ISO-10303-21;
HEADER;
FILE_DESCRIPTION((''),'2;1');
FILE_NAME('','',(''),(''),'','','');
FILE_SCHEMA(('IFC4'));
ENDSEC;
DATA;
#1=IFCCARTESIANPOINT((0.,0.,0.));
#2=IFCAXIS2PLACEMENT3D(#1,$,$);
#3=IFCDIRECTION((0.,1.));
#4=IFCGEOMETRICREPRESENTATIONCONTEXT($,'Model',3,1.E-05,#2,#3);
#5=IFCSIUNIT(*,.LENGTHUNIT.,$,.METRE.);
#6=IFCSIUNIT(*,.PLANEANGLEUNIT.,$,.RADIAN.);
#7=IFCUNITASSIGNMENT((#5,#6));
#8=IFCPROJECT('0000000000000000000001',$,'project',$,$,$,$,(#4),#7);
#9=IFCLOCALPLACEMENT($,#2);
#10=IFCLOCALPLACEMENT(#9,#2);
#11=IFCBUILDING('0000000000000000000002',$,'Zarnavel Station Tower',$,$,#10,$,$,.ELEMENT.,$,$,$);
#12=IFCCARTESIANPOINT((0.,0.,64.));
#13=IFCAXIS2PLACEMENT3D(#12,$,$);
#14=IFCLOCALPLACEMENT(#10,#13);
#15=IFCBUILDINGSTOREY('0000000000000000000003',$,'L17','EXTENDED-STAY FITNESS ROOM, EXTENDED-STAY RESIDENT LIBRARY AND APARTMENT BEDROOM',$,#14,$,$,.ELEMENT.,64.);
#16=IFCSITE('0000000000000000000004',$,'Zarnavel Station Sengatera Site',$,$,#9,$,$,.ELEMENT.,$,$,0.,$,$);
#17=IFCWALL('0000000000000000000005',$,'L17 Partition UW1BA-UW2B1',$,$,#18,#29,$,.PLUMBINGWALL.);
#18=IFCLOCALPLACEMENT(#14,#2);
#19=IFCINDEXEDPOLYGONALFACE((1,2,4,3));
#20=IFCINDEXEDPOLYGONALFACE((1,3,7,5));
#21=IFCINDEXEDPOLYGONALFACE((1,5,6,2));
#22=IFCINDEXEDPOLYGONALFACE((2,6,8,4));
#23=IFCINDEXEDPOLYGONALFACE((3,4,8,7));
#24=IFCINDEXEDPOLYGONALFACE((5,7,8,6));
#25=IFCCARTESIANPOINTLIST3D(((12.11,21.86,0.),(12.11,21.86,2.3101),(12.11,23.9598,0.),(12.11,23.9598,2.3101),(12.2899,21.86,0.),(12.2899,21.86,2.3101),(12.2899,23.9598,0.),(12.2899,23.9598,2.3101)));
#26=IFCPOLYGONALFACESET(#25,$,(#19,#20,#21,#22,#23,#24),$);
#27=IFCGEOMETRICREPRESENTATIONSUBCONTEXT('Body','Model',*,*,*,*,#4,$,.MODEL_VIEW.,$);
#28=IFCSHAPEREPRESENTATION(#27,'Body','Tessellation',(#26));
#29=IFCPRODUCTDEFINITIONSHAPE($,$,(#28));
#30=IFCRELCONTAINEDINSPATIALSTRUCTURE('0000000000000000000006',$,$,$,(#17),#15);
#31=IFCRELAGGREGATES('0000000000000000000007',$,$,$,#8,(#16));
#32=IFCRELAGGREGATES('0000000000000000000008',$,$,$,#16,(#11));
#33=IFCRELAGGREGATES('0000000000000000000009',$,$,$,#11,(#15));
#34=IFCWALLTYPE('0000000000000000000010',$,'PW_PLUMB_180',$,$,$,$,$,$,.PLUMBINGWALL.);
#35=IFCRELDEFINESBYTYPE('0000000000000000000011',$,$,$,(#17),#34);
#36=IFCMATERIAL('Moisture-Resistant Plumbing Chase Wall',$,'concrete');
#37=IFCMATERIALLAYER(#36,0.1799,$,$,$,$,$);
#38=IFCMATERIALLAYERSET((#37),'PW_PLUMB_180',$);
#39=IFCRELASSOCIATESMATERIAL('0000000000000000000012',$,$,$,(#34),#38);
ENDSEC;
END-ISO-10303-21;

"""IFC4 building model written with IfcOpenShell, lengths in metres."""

from ifc_helpers import new_model, si_unit, direction, frame, frame_2d, origin, place, context, subcontext, project, spatial, rectangle, extrude, material, layer, layer_set, type_object, element, save


model = new_model("IFC4")

# Units and contexts
model_context = context("Model", 3, precision=1e-05, world=origin(), true_north=direction((0.0, 1.0)))
body_context = subcontext(model_context, "Body", "Model", "MODEL_VIEW")
ifc_project = project(units=[si_unit("LENGTHUNIT", "METRE"), si_unit("PLANEANGLEUNIT", "RADIAN")], contexts=[model_context])

# Site, building, storey
site_placement = place(None, origin())
site = spatial("IfcSite", under=ifc_project, at=site_placement, Name="Zarnavel Station Sengatera Site", CompositionType="ELEMENT", RefElevation=0.0)
building_placement = place(site_placement, origin())
building = spatial("IfcBuilding", under=site, at=building_placement, Name="Zarnavel Station Tower", CompositionType="ELEMENT")
storey_placement = place(building_placement, frame((0.0, 0.0, 64.0)))
storey = spatial("IfcBuildingStorey", under=building, at=storey_placement, Name="L17", Description="EXTENDED-STAY FITNESS ROOM, EXTENDED-STAY RESIDENT LIBRARY AND APARTMENT BEDROOM", CompositionType="ELEMENT", Elevation=64.0)

# Shared definitions
ifc_material_1 = material(Name="Moisture-Resistant Plumbing Chase Wall", Category="concrete")
ifc_layer_1 = layer(ifc_material_1, 0.1799)
ifc_layer_set_1 = layer_set([ifc_layer_1], Name="PW_PLUMB_180")
wall_type_1 = type_object("IfcWallType", Name="PW_PLUMB_180", PredefinedType="PLUMBINGWALL", material=ifc_layer_set_1)

# Wall
wall_1_placement = place(storey_placement, frame((12.2, 21.8601, 0.0), z_axis=(0.0, 0.0, 1.0), x_axis=(0.0, 1.0, 0.0)))
element("IfcWall", 1, at=wall_1_placement, inside=storey, type_object=wall_type_1, Name="L17 Partition UW1BA-UW2B1", PredefinedType="PLUMBINGWALL", context=body_context, shape_type="SweptSolid", body=[
    extrude(rectangle(XDim=2.0999, YDim=0.1799, at=frame_2d((1.0498, 0.0))), origin(), (0.0, 0.0, 1.0), 2.3101),
])

save(model, "model.ifc")
